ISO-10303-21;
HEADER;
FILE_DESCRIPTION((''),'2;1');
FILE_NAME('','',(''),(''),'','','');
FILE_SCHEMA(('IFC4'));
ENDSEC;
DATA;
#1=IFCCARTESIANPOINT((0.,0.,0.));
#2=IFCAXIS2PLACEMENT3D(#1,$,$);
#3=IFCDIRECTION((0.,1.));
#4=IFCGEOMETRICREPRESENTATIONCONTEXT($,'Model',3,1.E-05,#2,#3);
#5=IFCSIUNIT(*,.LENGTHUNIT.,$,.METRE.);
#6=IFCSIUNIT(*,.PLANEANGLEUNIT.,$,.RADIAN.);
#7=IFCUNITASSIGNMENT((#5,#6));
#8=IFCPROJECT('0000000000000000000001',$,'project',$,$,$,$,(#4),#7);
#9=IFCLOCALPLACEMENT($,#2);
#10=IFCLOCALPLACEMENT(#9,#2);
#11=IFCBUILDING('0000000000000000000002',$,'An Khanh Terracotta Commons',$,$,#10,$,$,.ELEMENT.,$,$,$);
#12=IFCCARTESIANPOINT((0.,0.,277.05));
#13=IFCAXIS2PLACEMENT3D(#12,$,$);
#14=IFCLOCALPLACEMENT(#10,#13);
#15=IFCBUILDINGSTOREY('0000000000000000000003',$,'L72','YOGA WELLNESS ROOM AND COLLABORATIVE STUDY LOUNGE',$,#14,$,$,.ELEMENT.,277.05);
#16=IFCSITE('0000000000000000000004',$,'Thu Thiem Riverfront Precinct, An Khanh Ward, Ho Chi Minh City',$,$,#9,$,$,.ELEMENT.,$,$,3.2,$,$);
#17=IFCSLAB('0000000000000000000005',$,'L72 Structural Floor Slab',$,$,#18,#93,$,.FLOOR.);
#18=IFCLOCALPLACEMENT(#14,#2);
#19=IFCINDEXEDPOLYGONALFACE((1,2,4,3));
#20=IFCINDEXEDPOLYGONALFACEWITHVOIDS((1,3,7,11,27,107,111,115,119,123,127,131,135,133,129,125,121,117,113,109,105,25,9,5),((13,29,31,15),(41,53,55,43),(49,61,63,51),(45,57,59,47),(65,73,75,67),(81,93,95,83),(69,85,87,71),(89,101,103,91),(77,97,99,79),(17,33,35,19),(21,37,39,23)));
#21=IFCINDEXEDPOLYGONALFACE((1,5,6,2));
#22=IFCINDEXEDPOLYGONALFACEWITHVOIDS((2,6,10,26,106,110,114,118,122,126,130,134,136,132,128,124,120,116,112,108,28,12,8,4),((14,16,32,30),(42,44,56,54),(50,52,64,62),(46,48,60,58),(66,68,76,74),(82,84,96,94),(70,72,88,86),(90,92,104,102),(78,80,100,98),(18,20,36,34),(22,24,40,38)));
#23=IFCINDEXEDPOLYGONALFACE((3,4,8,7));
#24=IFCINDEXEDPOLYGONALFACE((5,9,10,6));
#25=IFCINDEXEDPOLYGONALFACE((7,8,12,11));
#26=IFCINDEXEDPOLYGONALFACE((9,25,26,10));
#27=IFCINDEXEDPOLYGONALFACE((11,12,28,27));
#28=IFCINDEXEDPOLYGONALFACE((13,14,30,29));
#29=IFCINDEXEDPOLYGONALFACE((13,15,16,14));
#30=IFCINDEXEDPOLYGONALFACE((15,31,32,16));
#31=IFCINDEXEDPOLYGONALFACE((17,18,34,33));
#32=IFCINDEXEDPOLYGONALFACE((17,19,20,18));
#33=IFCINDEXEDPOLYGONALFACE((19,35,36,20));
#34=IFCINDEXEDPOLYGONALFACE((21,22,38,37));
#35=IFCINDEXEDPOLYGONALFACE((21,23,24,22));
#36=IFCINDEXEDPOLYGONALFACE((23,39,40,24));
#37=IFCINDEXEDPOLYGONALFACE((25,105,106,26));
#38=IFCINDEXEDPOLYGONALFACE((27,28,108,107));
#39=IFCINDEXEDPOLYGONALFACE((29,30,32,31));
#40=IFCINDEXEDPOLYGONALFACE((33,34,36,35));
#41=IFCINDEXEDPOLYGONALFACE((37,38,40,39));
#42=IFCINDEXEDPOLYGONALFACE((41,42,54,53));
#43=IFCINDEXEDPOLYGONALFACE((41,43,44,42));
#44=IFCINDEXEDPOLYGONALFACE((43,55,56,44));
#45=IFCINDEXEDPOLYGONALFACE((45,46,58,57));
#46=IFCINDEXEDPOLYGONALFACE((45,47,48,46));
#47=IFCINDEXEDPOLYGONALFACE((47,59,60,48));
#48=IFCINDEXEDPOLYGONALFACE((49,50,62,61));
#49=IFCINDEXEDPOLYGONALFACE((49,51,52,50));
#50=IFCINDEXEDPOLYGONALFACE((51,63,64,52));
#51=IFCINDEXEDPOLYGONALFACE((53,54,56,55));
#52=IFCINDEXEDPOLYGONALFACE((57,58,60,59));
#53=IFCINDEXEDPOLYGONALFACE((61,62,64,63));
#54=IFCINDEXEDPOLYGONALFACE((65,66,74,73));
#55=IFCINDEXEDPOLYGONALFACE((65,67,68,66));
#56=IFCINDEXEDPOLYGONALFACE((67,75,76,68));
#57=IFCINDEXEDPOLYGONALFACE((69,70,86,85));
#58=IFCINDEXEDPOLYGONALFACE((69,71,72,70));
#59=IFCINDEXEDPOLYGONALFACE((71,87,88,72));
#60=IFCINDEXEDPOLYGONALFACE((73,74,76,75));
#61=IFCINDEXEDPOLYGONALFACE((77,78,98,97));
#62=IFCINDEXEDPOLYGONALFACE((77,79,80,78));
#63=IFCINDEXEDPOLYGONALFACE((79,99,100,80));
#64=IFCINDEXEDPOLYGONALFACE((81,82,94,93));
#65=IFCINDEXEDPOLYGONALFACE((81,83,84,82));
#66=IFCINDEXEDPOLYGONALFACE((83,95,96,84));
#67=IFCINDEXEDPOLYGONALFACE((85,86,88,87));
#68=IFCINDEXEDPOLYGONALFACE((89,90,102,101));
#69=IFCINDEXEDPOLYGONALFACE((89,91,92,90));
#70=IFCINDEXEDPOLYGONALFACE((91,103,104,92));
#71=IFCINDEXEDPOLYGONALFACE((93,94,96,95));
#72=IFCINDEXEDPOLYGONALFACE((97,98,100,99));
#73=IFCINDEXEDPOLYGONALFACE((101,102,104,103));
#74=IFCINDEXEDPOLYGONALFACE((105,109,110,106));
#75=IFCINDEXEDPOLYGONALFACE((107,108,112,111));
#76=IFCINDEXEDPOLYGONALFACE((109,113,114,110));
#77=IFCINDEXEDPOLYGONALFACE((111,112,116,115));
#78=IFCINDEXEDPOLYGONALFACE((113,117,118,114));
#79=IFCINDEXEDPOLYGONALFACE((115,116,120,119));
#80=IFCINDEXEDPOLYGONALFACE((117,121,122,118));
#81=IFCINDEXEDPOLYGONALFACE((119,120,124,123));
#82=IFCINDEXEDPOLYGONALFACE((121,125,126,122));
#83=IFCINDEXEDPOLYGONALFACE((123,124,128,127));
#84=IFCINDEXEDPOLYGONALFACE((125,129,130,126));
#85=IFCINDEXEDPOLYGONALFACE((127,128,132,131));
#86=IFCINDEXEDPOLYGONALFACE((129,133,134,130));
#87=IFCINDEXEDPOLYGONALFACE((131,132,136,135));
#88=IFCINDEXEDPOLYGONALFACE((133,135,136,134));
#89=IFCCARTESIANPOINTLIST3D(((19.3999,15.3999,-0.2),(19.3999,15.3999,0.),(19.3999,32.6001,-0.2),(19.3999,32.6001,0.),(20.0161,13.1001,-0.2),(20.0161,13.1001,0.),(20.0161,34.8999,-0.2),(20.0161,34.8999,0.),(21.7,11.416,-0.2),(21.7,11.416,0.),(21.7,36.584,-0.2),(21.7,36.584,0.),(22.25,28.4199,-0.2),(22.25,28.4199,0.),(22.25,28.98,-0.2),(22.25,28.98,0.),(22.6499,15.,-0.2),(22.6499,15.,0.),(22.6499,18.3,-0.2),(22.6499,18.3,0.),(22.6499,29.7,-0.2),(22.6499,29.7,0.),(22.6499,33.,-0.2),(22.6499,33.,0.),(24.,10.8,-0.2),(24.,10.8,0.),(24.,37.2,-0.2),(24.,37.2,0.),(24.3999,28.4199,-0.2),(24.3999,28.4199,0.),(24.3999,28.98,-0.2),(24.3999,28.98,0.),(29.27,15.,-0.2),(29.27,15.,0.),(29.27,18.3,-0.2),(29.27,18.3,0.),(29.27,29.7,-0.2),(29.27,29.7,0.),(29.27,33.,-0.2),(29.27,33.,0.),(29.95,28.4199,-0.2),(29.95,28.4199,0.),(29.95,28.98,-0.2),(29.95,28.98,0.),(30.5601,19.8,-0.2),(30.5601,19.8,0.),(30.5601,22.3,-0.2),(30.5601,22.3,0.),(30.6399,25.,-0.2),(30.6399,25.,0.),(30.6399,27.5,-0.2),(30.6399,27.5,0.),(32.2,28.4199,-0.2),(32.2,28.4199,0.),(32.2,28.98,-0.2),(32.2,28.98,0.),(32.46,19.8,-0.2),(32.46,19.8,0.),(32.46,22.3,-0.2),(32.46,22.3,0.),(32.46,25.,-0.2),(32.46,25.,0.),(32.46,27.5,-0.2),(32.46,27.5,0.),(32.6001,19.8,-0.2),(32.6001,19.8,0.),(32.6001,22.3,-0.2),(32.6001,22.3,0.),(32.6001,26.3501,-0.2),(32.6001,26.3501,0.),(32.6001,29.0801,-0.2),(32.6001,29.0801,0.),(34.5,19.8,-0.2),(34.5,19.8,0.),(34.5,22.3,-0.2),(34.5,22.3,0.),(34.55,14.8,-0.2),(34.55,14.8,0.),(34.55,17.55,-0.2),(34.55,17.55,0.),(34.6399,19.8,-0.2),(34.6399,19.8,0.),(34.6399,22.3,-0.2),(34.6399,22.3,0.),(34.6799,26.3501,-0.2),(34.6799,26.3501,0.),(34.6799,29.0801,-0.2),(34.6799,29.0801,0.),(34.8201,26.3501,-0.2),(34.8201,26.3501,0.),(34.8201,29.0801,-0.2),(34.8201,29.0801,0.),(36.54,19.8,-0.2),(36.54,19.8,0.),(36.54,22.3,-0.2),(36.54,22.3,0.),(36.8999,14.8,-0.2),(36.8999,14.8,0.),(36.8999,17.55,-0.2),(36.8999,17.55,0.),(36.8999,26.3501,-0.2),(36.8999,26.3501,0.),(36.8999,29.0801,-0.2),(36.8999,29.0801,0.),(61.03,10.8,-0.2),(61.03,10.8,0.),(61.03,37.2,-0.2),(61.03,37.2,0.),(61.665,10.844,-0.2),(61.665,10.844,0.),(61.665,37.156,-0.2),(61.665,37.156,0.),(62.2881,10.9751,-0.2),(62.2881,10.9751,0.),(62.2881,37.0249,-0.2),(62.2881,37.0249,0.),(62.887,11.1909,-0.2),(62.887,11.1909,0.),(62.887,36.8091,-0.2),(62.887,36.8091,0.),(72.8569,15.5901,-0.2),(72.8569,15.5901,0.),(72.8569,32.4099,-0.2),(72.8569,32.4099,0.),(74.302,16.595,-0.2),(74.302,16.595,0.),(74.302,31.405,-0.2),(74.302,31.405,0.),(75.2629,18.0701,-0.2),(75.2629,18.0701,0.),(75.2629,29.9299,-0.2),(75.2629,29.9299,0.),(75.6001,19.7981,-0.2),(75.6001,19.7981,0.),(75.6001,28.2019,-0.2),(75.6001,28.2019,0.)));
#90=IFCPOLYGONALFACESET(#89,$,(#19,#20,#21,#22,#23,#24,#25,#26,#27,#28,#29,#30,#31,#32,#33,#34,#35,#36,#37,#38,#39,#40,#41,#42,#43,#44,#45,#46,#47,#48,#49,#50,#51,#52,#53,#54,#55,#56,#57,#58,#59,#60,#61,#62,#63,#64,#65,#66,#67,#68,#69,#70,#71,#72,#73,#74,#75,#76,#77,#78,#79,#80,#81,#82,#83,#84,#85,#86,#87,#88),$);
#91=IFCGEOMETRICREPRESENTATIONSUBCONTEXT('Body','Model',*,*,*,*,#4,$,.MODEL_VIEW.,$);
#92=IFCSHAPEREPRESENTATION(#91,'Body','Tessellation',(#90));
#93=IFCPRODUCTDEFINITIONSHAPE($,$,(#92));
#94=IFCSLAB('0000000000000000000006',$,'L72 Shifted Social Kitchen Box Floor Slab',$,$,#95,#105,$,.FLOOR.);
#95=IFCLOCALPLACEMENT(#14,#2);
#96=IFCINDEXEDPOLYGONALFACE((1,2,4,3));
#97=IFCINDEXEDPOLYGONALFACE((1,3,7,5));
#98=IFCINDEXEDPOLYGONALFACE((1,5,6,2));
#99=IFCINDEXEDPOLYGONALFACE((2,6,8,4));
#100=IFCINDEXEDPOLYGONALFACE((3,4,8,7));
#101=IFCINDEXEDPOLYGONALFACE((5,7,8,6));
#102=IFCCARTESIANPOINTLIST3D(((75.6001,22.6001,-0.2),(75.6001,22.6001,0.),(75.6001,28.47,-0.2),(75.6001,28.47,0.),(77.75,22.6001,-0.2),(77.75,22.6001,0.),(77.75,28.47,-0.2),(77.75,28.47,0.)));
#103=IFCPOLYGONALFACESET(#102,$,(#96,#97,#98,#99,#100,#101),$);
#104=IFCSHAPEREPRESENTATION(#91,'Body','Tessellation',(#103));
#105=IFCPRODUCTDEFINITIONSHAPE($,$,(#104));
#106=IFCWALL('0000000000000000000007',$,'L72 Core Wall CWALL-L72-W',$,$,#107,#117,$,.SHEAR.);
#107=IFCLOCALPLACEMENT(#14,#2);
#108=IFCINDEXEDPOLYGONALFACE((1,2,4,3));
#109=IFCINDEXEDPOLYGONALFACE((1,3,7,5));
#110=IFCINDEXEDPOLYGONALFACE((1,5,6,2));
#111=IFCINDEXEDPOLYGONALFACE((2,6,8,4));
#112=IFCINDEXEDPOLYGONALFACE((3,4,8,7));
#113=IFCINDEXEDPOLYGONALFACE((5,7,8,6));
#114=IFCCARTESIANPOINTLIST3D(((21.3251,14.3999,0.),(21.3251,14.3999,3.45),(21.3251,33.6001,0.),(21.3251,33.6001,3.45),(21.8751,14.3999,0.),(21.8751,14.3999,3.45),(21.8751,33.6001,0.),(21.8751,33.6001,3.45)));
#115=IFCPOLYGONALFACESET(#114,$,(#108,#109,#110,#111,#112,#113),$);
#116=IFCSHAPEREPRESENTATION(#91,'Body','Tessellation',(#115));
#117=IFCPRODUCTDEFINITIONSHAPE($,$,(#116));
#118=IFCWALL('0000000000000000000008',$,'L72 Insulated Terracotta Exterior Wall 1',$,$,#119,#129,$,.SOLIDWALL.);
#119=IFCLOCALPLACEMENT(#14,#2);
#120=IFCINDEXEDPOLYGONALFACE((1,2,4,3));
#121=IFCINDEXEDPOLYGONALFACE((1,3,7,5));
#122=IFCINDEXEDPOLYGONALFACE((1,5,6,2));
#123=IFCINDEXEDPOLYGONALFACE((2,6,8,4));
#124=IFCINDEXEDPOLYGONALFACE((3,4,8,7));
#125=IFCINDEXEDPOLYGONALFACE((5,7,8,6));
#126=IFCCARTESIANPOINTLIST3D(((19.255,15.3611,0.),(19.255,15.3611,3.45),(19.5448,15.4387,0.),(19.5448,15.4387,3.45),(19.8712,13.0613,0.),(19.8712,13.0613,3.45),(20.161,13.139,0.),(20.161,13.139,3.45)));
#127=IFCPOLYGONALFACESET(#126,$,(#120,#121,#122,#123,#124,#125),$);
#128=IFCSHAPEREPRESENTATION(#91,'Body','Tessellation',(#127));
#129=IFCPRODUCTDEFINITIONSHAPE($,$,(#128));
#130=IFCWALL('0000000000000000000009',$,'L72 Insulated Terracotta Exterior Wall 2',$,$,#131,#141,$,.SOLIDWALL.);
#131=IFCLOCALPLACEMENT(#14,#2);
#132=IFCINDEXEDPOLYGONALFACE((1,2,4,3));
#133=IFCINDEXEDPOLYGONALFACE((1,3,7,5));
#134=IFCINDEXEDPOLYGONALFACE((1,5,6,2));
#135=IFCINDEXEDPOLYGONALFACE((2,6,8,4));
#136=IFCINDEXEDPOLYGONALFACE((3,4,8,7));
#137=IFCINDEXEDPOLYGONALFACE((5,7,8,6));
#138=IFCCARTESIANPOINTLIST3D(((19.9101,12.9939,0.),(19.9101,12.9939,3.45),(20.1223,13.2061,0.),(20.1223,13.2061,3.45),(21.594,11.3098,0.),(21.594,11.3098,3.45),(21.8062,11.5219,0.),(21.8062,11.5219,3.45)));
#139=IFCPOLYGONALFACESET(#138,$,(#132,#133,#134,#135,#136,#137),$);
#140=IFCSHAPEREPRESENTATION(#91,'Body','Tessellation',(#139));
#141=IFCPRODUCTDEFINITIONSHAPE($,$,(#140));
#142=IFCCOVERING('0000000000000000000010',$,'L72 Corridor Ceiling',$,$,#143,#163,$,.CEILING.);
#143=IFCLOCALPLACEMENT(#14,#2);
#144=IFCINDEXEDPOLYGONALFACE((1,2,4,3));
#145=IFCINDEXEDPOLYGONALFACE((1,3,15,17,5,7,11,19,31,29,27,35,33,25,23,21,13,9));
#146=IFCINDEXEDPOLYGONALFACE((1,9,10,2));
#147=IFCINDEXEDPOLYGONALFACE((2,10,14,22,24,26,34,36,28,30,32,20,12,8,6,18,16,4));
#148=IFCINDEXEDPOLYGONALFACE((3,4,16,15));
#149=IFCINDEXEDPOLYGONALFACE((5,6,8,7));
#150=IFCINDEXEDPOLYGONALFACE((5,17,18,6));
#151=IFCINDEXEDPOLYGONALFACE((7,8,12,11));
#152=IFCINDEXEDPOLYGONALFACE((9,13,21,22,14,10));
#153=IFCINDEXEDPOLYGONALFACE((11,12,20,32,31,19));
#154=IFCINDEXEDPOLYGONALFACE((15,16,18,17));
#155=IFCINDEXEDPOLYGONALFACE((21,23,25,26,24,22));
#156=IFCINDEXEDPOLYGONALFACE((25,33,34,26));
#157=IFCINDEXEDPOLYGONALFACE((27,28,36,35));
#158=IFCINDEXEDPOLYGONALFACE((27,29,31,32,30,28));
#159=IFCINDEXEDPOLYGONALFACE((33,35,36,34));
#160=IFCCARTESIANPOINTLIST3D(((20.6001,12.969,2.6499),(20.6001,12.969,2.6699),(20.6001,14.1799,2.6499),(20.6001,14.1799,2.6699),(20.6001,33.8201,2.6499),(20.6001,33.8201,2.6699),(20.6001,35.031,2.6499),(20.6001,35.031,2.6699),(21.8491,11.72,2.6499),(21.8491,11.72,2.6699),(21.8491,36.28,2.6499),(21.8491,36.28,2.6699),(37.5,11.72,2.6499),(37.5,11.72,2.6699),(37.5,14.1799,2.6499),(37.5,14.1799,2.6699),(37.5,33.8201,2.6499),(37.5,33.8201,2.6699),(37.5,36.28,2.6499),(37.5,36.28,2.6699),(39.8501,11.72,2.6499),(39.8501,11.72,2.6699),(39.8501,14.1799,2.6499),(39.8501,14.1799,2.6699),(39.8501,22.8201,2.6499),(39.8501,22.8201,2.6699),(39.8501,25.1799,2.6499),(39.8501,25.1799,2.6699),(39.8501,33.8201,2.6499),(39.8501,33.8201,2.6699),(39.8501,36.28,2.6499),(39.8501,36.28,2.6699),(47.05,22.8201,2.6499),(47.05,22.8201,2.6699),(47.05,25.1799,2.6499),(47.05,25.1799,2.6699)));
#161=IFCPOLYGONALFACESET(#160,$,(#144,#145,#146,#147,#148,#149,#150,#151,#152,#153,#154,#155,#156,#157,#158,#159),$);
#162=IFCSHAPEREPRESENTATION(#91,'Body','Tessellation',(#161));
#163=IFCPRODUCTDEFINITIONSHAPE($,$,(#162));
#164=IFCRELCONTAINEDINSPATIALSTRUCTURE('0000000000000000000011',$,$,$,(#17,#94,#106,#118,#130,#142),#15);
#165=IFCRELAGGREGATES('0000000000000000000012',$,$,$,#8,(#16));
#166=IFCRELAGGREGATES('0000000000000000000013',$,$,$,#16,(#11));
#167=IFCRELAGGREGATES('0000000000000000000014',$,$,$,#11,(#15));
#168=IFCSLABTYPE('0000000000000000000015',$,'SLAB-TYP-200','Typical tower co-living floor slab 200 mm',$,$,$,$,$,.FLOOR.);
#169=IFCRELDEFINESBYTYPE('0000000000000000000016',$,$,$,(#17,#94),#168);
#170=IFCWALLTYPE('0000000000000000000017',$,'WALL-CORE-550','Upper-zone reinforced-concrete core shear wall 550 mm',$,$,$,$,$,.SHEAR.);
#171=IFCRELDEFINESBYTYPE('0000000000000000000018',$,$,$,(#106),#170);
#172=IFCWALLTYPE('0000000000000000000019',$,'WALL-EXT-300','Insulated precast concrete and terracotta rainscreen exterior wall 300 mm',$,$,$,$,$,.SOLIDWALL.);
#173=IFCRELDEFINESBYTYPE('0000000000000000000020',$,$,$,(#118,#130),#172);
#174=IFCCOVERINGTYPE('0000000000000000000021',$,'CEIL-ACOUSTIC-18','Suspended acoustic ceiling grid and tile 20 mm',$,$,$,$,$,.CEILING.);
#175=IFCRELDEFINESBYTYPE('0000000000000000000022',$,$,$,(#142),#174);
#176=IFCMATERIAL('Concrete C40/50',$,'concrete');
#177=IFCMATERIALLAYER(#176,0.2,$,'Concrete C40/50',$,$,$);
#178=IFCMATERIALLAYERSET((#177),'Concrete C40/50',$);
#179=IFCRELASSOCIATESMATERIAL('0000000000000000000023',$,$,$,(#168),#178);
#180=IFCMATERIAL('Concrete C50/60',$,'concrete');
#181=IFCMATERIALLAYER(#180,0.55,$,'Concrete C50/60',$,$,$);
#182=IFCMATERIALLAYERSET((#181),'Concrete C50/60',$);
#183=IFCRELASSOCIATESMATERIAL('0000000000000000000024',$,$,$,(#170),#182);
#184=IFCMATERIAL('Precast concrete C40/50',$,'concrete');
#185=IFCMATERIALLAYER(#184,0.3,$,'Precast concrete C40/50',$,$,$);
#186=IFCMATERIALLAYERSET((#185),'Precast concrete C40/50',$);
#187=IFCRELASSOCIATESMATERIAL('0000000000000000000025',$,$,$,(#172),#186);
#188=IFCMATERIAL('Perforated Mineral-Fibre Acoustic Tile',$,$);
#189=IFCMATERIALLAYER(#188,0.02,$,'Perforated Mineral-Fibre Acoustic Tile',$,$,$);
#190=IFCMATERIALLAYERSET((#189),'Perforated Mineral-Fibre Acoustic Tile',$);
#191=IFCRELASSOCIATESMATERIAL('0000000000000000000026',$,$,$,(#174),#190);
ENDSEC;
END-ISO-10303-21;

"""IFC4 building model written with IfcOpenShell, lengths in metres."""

from ifc_helpers import new_model, si_unit, direction, frame, frame_2d, origin, place, context, subcontext, project, spatial, polyline, rectangle, outline, extrude, material, layer, layer_set, type_object, element, save


model = new_model("IFC4")

# Units and contexts
model_context = context("Model", 3, precision=1e-05, world=origin(), true_north=direction((0.0, 1.0)))
body_context = subcontext(model_context, "Body", "Model", "MODEL_VIEW")
ifc_project = project(units=[si_unit("LENGTHUNIT", "METRE"), si_unit("PLANEANGLEUNIT", "RADIAN")], contexts=[model_context])

# Site, building, storey
site_placement = place(None, origin())
site = spatial("IfcSite", under=ifc_project, at=site_placement, Name="Thu Thiem Riverfront Precinct, An Khanh Ward, Ho Chi Minh City", CompositionType="ELEMENT", RefElevation=3.2)
building_placement = place(site_placement, origin())
building = spatial("IfcBuilding", under=site, at=building_placement, Name="An Khanh Terracotta Commons", CompositionType="ELEMENT")
storey_placement = place(building_placement, frame((0.0, 0.0, 277.05)))
storey = spatial("IfcBuildingStorey", under=building, at=storey_placement, Name="L72", Description="YOGA WELLNESS ROOM AND COLLABORATIVE STUDY LOUNGE", CompositionType="ELEMENT", Elevation=277.05)

# Shared definitions
ifc_material_1 = material(Name="Concrete C50/60", Category="concrete")

# Shared definitions
ifc_material_2 = material(Name="Concrete C40/50", Category="concrete")

# Shared definitions
ifc_material_3 = material(Name="Precast concrete C40/50", Category="concrete")

# Slabs
ifc_layer_1 = layer(ifc_material_2, 0.2, Name="Concrete C40/50")
ifc_layer_set_1 = layer_set([ifc_layer_1], Name="Concrete C40/50")
slab_type_1 = type_object("IfcSlabType", Name="SLAB-TYP-200", Description="Typical tower co-living floor slab 200 mm", PredefinedType="FLOOR", material=ifc_layer_set_1)
slab_1_placement = place(storey_placement, frame((0.0, 0.0, -0.2)))
element("IfcSlab", 1, at=slab_1_placement, inside=storey, type_object=slab_type_1, Name="L72 Structural Floor Slab", PredefinedType="FLOOR", context=body_context, shape_type="SweptSolid", body=[
    extrude(outline(polyline([(19.3999, 15.3999), (20.0161, 13.1001), (21.7, 11.416), (24.0, 10.8), (61.03, 10.8), (61.665, 10.844), (62.2881, 10.9751), (62.887, 11.1909), (72.8569, 15.5901), (74.302, 16.595), (75.2629, 18.0701), (75.6001, 19.7981), (75.6001, 28.2019), (75.2629, 29.9299), (74.302, 31.405), (72.8569, 32.4099), (62.887, 36.8091), (62.2881, 37.0249), (61.665, 37.156), (61.03, 37.2), (24.0, 37.2), (21.7, 36.584), (20.0161, 34.8999), (19.3999, 32.6001), (19.3999, 15.3999)]), holes=[polyline([(22.6499, 29.7), (29.27, 29.7), (29.27, 33.0), (22.6499, 33.0), (22.6499, 29.7)]), polyline([(22.6499, 15.0), (29.27, 15.0), (29.27, 18.3), (22.6499, 18.3), (22.6499, 15.0)]), polyline([(32.6001, 26.3501), (34.6799, 26.3501), (34.6799, 29.0801), (32.6001, 29.0801), (32.6001, 26.3501)]), polyline([(34.8201, 26.3501), (36.8999, 26.3501), (36.8999, 29.0801), (34.8201, 29.0801), (34.8201, 26.3501)]), polyline([(34.55, 14.8), (36.8999, 14.8), (36.8999, 17.55), (34.55, 17.55), (34.55, 14.8)]), polyline([(30.6399, 25.0), (32.46, 25.0), (32.46, 27.5), (30.6399, 27.5), (30.6399, 25.0)]), polyline([(30.5601, 19.8), (32.46, 19.8), (32.46, 22.3), (30.5601, 22.3), (30.5601, 19.8)]), polyline([(32.6001, 19.8), (34.5, 19.8), (34.5, 22.3), (32.6001, 22.3), (32.6001, 19.8)]), polyline([(34.6399, 19.8), (36.54, 19.8), (36.54, 22.3), (34.6399, 22.3), (34.6399, 19.8)]), polyline([(22.25, 28.4199), (24.3999, 28.4199), (24.3999, 28.98), (22.25, 28.98), (22.25, 28.4199)]), polyline([(29.95, 28.4199), (32.2, 28.4199), (32.2, 28.98), (29.95, 28.98), (29.95, 28.4199)])]), origin(), (0.0, 0.0, 1.0), 0.2),
])
slab_2_placement = place(storey_placement, frame((0.0, 0.0, -0.2)))
element("IfcSlab", 2, at=slab_2_placement, inside=storey, type_object=slab_type_1, Name="L72 Shifted Social Kitchen Box Floor Slab", PredefinedType="FLOOR", context=body_context, shape_type="SweptSolid", body=[
    extrude(outline(polyline([(75.6001, 22.6001), (77.75, 22.6001), (77.75, 28.47), (75.6001, 28.47), (75.6001, 22.6001)])), origin(), (0.0, 0.0, 1.0), 0.2),
])

# Walls
ifc_layer_2 = layer(ifc_material_1, 0.55, Name="Concrete C50/60")
ifc_layer_set_2 = layer_set([ifc_layer_2], Name="Concrete C50/60")
wall_type_1 = type_object("IfcWallType", Name="WALL-CORE-550", Description="Upper-zone reinforced-concrete core shear wall 550 mm", PredefinedType="SHEAR", material=ifc_layer_set_2)
wall_1_placement = place(storey_placement, frame((21.6001, 14.3999, 0.0), z_axis=(0.0, 0.0, 1.0), x_axis=(0.0, 1.0, 0.0)))
element("IfcWall", 3, at=wall_1_placement, inside=storey, type_object=wall_type_1, Name="L72 Core Wall CWALL-L72-W", PredefinedType="SHEAR", context=body_context, shape_type="SweptSolid", body=[
    extrude(rectangle(XDim=19.2002, YDim=0.55, at=frame_2d((9.6001, 0.0))), origin(), (0.0, 0.0, 1.0), 3.45),
])
ifc_layer_3 = layer(ifc_material_3, 0.3, Name="Precast concrete C40/50")
ifc_layer_set_3 = layer_set([ifc_layer_3], Name="Precast concrete C40/50")
wall_type_2 = type_object("IfcWallType", Name="WALL-EXT-300", Description="Insulated precast concrete and terracotta rainscreen exterior wall 300 mm", PredefinedType="SOLIDWALL", material=ifc_layer_set_3)
wall_2_placement = place(storey_placement, frame((19.3999, 15.3999, 0.0), z_axis=(0.0, 0.0, 1.0), x_axis=(0.258811, -0.965928, 0.0)))
element("IfcWall", 4, at=wall_2_placement, inside=storey, type_object=wall_type_2, Name="L72 Insulated Terracotta Exterior Wall 1", PredefinedType="SOLIDWALL", context=body_context, shape_type="SweptSolid", body=[
    extrude(rectangle(XDim=2.3809, YDim=0.3, at=frame_2d((1.1904, 0.0))), origin(), (0.0, 0.0, 1.0), 3.45),
])
wall_3_placement = place(storey_placement, frame((20.0161, 13.1001, 0.0), z_axis=(0.0, 0.0, 1.0), x_axis=(0.707056, -0.707158, 0.0)))
element("IfcWall", 5, at=wall_3_placement, inside=storey, type_object=wall_type_2, Name="L72 Insulated Terracotta Exterior Wall 2", PredefinedType="SOLIDWALL", context=body_context, shape_type="SweptSolid", body=[
    extrude(rectangle(XDim=2.3816, YDim=0.3, at=frame_2d((1.1909, 0.0))), origin(), (0.0, 0.0, 1.0), 3.45),
])

# Covering
ifc_material_4 = material(Name="Perforated Mineral-Fibre Acoustic Tile")
ifc_layer_4 = layer(ifc_material_4, 0.02, Name="Perforated Mineral-Fibre Acoustic Tile")
ifc_layer_set_4 = layer_set([ifc_layer_4], Name="Perforated Mineral-Fibre Acoustic Tile")
covering_type = type_object("IfcCoveringType", Name="CEIL-ACOUSTIC-18", Description="Suspended acoustic ceiling grid and tile 20 mm", PredefinedType="CEILING", material=ifc_layer_set_4)
covering_1_placement = place(storey_placement, frame((0.0, 0.0, 2.6499)))
element("IfcCovering", 6, at=covering_1_placement, inside=storey, type_object=covering_type, Name="L72 Corridor Ceiling", PredefinedType="CEILING", context=body_context, shape_type="SweptSolid", body=[
    extrude(outline(polyline([(21.8491, 11.72), (20.6001, 12.969), (20.6001, 14.1799), (37.5, 14.1799), (37.5, 33.8201), (20.6001, 33.8201), (20.6001, 35.031), (21.8491, 36.28), (37.5, 36.28), (39.8501, 36.28), (39.8501, 33.8201), (39.8501, 25.1799), (47.05, 25.1799), (47.05, 22.8201), (39.8501, 22.8201), (39.8501, 14.1799), (39.8501, 11.72), (37.5, 11.72), (21.8491, 11.72)])), origin(), (0.0, 0.0, 1.0), 0.02),
])

save(model, "model.ifc")
